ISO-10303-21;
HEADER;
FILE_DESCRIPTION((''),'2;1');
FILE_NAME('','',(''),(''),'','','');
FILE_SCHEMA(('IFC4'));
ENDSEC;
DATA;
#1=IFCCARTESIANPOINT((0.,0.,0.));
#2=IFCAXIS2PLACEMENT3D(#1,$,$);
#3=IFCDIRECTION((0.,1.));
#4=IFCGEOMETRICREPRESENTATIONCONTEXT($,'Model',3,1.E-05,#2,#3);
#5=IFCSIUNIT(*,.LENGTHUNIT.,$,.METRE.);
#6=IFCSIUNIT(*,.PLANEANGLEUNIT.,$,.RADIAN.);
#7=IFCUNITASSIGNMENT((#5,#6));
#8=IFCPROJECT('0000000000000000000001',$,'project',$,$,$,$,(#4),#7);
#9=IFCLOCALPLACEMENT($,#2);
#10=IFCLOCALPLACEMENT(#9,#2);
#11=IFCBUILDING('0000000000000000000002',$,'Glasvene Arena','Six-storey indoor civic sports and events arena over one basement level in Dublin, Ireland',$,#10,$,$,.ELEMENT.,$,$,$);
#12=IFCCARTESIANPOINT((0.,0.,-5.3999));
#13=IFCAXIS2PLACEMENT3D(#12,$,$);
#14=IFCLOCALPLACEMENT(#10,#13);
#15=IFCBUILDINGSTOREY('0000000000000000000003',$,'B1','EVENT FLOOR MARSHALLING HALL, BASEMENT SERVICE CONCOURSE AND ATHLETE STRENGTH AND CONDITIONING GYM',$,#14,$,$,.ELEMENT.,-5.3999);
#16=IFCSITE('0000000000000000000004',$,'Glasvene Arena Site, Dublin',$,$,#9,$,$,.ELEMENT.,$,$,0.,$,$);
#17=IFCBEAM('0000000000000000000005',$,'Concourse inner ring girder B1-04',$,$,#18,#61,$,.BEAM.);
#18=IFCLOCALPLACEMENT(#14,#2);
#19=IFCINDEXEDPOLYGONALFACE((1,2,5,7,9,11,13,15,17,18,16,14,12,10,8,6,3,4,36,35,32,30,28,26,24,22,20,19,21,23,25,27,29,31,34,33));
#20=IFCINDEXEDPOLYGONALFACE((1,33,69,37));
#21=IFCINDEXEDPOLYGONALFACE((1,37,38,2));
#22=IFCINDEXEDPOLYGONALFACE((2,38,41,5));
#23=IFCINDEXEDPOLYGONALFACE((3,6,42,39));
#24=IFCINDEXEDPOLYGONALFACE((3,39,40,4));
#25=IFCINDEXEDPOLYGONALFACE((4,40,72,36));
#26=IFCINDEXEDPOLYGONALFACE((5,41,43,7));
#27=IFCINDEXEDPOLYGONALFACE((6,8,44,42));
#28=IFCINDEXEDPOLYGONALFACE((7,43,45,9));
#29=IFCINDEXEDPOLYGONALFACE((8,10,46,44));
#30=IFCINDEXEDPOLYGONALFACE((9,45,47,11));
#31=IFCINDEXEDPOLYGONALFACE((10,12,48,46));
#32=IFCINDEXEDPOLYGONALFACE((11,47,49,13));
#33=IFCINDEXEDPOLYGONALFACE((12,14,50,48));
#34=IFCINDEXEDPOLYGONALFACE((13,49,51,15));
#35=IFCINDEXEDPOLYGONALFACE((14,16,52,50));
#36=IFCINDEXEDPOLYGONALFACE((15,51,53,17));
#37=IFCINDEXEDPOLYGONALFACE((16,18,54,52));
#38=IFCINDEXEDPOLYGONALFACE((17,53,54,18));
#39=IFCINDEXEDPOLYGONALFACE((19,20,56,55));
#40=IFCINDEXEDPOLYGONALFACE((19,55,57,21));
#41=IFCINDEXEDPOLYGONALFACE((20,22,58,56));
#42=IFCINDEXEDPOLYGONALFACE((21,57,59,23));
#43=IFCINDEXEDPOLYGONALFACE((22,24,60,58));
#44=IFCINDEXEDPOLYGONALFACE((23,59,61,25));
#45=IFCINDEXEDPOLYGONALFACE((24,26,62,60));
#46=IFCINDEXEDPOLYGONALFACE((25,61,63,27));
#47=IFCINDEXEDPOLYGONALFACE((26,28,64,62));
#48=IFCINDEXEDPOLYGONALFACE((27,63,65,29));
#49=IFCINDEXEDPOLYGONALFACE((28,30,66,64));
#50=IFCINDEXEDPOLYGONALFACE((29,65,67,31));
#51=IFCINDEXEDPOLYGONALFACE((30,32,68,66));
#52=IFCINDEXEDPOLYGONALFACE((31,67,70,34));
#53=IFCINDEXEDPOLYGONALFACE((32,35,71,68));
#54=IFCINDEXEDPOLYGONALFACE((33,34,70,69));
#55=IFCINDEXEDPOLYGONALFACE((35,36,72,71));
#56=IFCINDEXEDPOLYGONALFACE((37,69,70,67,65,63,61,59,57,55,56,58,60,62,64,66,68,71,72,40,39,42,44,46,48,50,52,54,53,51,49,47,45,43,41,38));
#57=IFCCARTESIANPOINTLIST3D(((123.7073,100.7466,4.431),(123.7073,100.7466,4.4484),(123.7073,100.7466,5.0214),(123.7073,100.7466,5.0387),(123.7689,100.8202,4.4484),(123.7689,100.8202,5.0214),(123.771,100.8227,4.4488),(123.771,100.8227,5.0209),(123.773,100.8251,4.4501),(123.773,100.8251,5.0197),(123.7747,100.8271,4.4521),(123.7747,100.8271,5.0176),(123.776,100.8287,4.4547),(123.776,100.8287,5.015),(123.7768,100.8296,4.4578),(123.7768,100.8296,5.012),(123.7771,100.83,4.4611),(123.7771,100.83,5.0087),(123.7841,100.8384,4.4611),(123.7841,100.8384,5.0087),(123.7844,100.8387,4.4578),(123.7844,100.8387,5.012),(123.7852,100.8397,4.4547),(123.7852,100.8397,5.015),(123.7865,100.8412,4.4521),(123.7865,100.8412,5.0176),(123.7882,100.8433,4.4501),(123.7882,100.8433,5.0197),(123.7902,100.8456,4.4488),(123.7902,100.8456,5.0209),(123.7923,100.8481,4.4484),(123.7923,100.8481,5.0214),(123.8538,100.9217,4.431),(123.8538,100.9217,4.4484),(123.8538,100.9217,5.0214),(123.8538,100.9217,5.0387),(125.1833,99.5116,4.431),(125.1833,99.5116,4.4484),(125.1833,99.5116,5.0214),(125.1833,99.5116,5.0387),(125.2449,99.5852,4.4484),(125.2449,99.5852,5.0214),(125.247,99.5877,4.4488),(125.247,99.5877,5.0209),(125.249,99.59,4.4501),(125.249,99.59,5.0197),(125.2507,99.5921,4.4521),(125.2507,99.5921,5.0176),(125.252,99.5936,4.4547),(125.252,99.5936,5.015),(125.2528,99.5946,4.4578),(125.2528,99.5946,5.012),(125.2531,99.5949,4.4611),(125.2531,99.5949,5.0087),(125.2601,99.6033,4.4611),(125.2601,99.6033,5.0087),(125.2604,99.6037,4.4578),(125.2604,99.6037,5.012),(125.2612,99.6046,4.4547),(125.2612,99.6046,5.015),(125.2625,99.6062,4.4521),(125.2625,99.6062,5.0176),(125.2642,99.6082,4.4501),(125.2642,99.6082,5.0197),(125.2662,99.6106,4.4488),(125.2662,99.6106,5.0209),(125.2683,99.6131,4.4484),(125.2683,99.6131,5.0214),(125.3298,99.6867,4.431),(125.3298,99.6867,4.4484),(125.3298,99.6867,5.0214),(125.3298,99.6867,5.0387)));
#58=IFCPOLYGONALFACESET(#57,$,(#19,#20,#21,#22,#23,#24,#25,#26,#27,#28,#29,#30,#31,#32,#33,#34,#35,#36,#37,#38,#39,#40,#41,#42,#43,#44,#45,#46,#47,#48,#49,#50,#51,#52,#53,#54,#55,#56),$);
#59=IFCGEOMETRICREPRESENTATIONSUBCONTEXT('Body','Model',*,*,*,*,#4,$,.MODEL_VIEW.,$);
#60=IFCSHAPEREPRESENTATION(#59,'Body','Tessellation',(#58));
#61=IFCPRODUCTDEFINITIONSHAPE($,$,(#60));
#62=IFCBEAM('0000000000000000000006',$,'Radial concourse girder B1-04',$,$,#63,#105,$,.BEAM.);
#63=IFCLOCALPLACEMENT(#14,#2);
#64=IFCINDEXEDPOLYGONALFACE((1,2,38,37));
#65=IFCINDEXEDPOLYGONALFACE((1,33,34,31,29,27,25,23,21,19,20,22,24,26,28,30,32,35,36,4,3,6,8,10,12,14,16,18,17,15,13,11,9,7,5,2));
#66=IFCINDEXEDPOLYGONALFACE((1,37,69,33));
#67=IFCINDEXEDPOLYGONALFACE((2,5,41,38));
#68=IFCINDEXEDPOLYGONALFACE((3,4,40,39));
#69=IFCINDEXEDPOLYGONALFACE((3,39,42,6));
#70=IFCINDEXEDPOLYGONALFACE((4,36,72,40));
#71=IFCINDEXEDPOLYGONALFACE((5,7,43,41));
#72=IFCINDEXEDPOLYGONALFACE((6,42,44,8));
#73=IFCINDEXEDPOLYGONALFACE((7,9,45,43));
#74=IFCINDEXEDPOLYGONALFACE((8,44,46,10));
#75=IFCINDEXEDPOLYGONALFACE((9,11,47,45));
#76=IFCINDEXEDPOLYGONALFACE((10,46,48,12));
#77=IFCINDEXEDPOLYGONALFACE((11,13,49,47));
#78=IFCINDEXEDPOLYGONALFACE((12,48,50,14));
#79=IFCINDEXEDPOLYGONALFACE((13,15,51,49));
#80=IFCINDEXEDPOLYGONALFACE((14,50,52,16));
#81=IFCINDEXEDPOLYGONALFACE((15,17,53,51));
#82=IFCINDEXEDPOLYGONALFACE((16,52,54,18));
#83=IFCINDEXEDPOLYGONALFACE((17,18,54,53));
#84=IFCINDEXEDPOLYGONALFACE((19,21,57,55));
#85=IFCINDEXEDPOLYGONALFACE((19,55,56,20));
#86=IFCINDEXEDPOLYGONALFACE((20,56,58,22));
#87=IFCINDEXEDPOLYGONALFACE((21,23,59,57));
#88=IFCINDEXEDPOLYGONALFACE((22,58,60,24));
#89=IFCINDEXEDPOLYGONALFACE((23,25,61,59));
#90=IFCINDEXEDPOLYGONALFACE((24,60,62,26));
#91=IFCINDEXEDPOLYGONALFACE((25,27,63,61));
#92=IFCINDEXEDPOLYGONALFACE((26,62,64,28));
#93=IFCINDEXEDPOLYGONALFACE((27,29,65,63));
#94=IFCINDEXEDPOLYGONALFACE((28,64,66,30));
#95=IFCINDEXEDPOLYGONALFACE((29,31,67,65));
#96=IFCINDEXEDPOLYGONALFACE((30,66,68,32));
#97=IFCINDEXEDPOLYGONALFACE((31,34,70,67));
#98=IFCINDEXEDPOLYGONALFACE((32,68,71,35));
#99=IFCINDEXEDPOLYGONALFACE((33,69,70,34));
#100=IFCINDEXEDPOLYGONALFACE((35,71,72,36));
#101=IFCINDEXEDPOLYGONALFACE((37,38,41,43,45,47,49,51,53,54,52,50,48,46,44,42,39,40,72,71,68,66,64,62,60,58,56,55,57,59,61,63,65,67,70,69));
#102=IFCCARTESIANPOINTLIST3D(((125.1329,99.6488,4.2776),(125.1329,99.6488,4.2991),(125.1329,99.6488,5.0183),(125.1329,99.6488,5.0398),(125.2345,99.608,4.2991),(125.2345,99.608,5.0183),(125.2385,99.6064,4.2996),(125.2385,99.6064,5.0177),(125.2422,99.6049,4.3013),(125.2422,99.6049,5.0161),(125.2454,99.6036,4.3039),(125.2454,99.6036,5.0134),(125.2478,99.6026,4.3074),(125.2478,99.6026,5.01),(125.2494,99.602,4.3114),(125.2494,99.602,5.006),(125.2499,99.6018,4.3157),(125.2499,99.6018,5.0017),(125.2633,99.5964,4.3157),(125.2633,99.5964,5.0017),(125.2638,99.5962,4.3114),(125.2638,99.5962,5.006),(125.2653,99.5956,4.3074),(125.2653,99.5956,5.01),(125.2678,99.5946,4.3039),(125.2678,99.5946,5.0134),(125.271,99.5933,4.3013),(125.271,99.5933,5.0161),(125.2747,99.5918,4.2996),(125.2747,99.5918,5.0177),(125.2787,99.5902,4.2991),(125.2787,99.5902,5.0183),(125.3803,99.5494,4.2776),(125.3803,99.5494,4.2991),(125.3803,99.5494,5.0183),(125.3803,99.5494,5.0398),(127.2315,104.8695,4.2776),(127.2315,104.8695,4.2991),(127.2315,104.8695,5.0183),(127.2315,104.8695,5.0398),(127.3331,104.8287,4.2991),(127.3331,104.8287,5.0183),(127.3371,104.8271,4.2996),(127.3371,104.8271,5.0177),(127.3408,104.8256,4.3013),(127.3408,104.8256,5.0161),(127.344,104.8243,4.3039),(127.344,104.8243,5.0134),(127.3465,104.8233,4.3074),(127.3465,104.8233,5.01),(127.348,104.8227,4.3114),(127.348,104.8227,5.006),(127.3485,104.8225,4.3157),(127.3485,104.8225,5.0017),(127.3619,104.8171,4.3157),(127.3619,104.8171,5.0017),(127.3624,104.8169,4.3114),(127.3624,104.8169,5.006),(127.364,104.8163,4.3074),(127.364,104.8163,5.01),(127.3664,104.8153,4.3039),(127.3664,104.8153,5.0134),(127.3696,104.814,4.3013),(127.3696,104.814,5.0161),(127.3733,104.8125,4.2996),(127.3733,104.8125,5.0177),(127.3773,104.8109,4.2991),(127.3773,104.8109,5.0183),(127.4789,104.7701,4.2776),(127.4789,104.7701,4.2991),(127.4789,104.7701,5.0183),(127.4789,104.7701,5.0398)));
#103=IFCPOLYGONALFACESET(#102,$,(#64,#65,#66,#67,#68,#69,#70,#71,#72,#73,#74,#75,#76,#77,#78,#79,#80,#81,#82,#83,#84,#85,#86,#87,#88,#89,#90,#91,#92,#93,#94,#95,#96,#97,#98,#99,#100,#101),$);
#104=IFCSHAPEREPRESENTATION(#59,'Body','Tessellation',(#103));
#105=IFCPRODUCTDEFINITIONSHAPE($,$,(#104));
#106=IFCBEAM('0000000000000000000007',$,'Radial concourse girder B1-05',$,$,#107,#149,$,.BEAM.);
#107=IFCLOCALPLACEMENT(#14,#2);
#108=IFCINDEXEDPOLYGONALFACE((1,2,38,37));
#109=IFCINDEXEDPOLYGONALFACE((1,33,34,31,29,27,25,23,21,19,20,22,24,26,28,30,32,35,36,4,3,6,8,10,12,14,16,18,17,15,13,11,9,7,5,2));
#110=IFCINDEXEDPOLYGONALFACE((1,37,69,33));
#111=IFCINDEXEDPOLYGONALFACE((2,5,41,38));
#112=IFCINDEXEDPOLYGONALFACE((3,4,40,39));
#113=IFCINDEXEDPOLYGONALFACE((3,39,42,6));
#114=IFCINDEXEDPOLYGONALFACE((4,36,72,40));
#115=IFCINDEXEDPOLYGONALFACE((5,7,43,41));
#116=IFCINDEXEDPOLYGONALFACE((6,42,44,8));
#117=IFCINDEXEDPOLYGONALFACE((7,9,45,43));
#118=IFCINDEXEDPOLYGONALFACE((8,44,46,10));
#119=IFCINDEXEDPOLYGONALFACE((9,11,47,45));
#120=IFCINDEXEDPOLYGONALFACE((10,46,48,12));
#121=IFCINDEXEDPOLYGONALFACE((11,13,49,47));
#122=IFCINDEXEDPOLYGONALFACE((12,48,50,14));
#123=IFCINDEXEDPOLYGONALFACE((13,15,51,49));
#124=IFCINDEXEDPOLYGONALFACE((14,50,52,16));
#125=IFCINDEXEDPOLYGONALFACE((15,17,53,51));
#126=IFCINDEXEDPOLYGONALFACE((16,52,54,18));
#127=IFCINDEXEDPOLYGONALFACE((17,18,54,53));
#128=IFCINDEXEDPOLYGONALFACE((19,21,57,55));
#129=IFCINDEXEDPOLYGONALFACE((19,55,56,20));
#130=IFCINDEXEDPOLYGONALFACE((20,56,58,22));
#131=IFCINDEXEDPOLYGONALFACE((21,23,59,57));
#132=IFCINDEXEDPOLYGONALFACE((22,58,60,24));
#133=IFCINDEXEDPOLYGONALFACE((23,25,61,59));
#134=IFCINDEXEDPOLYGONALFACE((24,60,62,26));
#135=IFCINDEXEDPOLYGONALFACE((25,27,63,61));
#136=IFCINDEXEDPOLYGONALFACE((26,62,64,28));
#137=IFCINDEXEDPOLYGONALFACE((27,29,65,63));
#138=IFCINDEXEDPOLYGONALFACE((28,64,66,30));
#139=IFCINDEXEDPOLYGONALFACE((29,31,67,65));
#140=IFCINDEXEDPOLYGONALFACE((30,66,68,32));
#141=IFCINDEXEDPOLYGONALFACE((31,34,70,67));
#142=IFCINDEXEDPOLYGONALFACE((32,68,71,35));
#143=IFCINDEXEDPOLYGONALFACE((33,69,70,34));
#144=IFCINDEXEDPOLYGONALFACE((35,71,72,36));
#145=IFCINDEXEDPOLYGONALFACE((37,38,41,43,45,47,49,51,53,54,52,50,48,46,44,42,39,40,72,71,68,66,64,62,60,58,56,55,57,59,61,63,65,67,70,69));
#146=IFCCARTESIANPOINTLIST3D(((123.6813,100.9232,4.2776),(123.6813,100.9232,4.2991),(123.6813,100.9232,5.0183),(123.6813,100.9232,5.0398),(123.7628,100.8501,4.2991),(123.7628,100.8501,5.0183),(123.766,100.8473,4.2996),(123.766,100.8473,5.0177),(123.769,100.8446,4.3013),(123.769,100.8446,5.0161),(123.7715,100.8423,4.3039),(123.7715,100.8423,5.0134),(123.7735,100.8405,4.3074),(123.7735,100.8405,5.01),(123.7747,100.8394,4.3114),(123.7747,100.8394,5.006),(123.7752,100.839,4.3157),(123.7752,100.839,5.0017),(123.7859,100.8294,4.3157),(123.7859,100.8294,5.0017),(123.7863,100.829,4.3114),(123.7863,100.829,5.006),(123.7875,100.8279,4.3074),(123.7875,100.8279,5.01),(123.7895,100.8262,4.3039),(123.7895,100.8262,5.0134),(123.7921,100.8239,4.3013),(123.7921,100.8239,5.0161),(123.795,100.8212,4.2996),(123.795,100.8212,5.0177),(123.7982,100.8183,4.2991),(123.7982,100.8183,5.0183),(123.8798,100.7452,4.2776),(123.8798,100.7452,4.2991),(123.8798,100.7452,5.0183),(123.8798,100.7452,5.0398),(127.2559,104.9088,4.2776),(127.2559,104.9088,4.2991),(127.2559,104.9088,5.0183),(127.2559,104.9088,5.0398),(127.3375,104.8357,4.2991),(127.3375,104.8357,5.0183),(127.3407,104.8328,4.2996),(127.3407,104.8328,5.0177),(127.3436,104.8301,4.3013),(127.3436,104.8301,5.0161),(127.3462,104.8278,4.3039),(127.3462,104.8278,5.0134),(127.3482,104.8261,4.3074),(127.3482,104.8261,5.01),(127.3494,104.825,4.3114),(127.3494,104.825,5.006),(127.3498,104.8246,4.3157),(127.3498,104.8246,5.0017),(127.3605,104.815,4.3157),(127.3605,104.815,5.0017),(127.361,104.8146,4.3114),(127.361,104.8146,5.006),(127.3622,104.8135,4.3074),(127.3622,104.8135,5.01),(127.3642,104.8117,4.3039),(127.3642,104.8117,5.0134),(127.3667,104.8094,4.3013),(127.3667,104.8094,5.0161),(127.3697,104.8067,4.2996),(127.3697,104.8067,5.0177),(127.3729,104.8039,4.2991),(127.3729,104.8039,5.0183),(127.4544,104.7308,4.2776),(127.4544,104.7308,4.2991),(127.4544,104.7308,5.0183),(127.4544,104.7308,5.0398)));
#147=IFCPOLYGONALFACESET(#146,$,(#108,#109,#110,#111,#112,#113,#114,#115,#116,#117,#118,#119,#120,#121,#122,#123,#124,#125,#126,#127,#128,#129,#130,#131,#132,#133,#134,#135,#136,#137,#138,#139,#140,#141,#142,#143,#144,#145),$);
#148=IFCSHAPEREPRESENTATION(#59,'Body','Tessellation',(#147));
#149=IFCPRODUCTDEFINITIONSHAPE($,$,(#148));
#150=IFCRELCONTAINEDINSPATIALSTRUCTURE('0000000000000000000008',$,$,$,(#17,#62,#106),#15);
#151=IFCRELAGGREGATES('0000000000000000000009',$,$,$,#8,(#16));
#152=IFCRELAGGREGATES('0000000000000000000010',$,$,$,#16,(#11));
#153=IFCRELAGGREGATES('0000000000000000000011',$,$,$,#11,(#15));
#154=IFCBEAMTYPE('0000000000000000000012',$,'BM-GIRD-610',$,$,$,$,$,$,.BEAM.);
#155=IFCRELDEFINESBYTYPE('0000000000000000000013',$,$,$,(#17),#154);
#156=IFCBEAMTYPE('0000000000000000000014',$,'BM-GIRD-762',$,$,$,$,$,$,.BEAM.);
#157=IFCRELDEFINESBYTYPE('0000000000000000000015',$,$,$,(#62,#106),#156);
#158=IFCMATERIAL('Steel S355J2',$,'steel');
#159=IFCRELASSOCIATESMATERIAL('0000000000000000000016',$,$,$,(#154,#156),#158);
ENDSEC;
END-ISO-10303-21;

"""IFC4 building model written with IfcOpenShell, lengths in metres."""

from ifc_helpers import new_model, si_unit, direction, frame, origin, origin_2d, place, context, subcontext, project, spatial, i_section, extrude, material, material_profile, profile_set, type_object, element, save


model = new_model("IFC4")

# Units and contexts
model_context = context("Model", 3, precision=1e-05, world=origin(), true_north=direction((0.0, 1.0)))
body_context = subcontext(model_context, "Body", "Model", "MODEL_VIEW")
ifc_project = project(units=[si_unit("LENGTHUNIT", "METRE"), si_unit("PLANEANGLEUNIT", "RADIAN")], contexts=[model_context])

# Site, building, storey
site_placement = place(None, origin())
site = spatial("IfcSite", under=ifc_project, at=site_placement, Name="Glasvene Arena Site, Dublin", CompositionType="ELEMENT", RefElevation=0.0)
building_placement = place(site_placement, origin())
building = spatial("IfcBuilding", under=site, at=building_placement, Name="Glasvene Arena", Description="Six-storey indoor civic sports and events arena over one basement level in Dublin, Ireland", CompositionType="ELEMENT")
storey_placement = place(building_placement, frame((0.0, 0.0, -5.3999)))
storey = spatial("IfcBuildingStorey", under=building, at=storey_placement, Name="B1", Description="EVENT FLOOR MARSHALLING HALL, BASEMENT SERVICE CONCOURSE AND ATHLETE STRENGTH AND CONDITIONING GYM", CompositionType="ELEMENT", Elevation=-5.3999)

# Shared definitions
ifc_material_1 = material(Name="Steel S355J2", Category="steel")

# Beams
ifc_material_profile_1 = material_profile(ifc_material_1, i_section(OverallWidth=0.2283, OverallDepth=0.6077, WebThickness=0.011, FlangeThickness=0.0173, FilletRadius=0.0127, at=origin_2d()), Name="UKB 610x229x113")
ifc_profile_set_1 = profile_set([ifc_material_profile_1], Name="Steel S355J2")
beam_type_1 = type_object("IfcBeamType", Name="BM-GIRD-610", PredefinedType="BEAM", material=ifc_profile_set_1)
beam_1_placement = place(storey_placement, frame((125.2566, 99.5991, 4.7349), z_axis=(-0.76693, 0.64173, 0.0), x_axis=(-0.64173, -0.76693, 0.0)))
element("IfcBeam", 1, at=beam_1_placement, inside=storey, type_object=beam_type_1, Name="Concourse inner ring girder B1-04", PredefinedType="BEAM", context=body_context, shape_type="SweptSolid", body=[
    extrude(i_section(OverallWidth=0.2283, OverallDepth=0.6077, WebThickness=0.011, FlangeThickness=0.0173, FilletRadius=0.0127, at=origin_2d()), origin(), (0.0, 0.0, 1.0), 1.9246),
])
ifc_material_profile_2 = material_profile(ifc_material_1, i_section(OverallWidth=0.2666, OverallDepth=0.7622, WebThickness=0.0144, FlangeThickness=0.0215, FilletRadius=0.0166, at=origin_2d()), Name="UKB 762x267x173")
ifc_profile_set_2 = profile_set([ifc_material_profile_2], Name="Steel S355J2")
beam_type_2 = type_object("IfcBeamType", Name="BM-GIRD-762", PredefinedType="BEAM", material=ifc_profile_set_2)
beam_2_placement = place(storey_placement, frame((125.2566, 99.5991, 4.6587), z_axis=(0.372976, 0.927841, 0.0), x_axis=(-0.927841, 0.372976, 0.0)))
element("IfcBeam", 2, at=beam_2_placement, inside=storey, type_object=beam_type_2, Name="Radial concourse girder B1-04", PredefinedType="BEAM", context=body_context, shape_type="SweptSolid", body=[
    extrude(i_section(OverallWidth=0.2666, OverallDepth=0.7622, WebThickness=0.0144, FlangeThickness=0.0215, FilletRadius=0.0166, at=origin_2d()), origin(), (0.0, 0.0, 1.0), 5.6267),
])
beam_3_placement = place(storey_placement, frame((123.7805, 100.8342, 4.6587), z_axis=(0.667691, 0.744438, 0.0), x_axis=(-0.744438, 0.667691, 0.0)))
element("IfcBeam", 3, at=beam_3_placement, inside=storey, type_object=beam_type_2, Name="Radial concourse girder B1-05", PredefinedType="BEAM", context=body_context, shape_type="SweptSolid", body=[
    extrude(i_section(OverallWidth=0.2666, OverallDepth=0.7622, WebThickness=0.0144, FlangeThickness=0.0215, FilletRadius=0.0166, at=origin_2d()), origin(), (0.0, 0.0, 1.0), 5.3538),
])

save(model, "model.ifc")
